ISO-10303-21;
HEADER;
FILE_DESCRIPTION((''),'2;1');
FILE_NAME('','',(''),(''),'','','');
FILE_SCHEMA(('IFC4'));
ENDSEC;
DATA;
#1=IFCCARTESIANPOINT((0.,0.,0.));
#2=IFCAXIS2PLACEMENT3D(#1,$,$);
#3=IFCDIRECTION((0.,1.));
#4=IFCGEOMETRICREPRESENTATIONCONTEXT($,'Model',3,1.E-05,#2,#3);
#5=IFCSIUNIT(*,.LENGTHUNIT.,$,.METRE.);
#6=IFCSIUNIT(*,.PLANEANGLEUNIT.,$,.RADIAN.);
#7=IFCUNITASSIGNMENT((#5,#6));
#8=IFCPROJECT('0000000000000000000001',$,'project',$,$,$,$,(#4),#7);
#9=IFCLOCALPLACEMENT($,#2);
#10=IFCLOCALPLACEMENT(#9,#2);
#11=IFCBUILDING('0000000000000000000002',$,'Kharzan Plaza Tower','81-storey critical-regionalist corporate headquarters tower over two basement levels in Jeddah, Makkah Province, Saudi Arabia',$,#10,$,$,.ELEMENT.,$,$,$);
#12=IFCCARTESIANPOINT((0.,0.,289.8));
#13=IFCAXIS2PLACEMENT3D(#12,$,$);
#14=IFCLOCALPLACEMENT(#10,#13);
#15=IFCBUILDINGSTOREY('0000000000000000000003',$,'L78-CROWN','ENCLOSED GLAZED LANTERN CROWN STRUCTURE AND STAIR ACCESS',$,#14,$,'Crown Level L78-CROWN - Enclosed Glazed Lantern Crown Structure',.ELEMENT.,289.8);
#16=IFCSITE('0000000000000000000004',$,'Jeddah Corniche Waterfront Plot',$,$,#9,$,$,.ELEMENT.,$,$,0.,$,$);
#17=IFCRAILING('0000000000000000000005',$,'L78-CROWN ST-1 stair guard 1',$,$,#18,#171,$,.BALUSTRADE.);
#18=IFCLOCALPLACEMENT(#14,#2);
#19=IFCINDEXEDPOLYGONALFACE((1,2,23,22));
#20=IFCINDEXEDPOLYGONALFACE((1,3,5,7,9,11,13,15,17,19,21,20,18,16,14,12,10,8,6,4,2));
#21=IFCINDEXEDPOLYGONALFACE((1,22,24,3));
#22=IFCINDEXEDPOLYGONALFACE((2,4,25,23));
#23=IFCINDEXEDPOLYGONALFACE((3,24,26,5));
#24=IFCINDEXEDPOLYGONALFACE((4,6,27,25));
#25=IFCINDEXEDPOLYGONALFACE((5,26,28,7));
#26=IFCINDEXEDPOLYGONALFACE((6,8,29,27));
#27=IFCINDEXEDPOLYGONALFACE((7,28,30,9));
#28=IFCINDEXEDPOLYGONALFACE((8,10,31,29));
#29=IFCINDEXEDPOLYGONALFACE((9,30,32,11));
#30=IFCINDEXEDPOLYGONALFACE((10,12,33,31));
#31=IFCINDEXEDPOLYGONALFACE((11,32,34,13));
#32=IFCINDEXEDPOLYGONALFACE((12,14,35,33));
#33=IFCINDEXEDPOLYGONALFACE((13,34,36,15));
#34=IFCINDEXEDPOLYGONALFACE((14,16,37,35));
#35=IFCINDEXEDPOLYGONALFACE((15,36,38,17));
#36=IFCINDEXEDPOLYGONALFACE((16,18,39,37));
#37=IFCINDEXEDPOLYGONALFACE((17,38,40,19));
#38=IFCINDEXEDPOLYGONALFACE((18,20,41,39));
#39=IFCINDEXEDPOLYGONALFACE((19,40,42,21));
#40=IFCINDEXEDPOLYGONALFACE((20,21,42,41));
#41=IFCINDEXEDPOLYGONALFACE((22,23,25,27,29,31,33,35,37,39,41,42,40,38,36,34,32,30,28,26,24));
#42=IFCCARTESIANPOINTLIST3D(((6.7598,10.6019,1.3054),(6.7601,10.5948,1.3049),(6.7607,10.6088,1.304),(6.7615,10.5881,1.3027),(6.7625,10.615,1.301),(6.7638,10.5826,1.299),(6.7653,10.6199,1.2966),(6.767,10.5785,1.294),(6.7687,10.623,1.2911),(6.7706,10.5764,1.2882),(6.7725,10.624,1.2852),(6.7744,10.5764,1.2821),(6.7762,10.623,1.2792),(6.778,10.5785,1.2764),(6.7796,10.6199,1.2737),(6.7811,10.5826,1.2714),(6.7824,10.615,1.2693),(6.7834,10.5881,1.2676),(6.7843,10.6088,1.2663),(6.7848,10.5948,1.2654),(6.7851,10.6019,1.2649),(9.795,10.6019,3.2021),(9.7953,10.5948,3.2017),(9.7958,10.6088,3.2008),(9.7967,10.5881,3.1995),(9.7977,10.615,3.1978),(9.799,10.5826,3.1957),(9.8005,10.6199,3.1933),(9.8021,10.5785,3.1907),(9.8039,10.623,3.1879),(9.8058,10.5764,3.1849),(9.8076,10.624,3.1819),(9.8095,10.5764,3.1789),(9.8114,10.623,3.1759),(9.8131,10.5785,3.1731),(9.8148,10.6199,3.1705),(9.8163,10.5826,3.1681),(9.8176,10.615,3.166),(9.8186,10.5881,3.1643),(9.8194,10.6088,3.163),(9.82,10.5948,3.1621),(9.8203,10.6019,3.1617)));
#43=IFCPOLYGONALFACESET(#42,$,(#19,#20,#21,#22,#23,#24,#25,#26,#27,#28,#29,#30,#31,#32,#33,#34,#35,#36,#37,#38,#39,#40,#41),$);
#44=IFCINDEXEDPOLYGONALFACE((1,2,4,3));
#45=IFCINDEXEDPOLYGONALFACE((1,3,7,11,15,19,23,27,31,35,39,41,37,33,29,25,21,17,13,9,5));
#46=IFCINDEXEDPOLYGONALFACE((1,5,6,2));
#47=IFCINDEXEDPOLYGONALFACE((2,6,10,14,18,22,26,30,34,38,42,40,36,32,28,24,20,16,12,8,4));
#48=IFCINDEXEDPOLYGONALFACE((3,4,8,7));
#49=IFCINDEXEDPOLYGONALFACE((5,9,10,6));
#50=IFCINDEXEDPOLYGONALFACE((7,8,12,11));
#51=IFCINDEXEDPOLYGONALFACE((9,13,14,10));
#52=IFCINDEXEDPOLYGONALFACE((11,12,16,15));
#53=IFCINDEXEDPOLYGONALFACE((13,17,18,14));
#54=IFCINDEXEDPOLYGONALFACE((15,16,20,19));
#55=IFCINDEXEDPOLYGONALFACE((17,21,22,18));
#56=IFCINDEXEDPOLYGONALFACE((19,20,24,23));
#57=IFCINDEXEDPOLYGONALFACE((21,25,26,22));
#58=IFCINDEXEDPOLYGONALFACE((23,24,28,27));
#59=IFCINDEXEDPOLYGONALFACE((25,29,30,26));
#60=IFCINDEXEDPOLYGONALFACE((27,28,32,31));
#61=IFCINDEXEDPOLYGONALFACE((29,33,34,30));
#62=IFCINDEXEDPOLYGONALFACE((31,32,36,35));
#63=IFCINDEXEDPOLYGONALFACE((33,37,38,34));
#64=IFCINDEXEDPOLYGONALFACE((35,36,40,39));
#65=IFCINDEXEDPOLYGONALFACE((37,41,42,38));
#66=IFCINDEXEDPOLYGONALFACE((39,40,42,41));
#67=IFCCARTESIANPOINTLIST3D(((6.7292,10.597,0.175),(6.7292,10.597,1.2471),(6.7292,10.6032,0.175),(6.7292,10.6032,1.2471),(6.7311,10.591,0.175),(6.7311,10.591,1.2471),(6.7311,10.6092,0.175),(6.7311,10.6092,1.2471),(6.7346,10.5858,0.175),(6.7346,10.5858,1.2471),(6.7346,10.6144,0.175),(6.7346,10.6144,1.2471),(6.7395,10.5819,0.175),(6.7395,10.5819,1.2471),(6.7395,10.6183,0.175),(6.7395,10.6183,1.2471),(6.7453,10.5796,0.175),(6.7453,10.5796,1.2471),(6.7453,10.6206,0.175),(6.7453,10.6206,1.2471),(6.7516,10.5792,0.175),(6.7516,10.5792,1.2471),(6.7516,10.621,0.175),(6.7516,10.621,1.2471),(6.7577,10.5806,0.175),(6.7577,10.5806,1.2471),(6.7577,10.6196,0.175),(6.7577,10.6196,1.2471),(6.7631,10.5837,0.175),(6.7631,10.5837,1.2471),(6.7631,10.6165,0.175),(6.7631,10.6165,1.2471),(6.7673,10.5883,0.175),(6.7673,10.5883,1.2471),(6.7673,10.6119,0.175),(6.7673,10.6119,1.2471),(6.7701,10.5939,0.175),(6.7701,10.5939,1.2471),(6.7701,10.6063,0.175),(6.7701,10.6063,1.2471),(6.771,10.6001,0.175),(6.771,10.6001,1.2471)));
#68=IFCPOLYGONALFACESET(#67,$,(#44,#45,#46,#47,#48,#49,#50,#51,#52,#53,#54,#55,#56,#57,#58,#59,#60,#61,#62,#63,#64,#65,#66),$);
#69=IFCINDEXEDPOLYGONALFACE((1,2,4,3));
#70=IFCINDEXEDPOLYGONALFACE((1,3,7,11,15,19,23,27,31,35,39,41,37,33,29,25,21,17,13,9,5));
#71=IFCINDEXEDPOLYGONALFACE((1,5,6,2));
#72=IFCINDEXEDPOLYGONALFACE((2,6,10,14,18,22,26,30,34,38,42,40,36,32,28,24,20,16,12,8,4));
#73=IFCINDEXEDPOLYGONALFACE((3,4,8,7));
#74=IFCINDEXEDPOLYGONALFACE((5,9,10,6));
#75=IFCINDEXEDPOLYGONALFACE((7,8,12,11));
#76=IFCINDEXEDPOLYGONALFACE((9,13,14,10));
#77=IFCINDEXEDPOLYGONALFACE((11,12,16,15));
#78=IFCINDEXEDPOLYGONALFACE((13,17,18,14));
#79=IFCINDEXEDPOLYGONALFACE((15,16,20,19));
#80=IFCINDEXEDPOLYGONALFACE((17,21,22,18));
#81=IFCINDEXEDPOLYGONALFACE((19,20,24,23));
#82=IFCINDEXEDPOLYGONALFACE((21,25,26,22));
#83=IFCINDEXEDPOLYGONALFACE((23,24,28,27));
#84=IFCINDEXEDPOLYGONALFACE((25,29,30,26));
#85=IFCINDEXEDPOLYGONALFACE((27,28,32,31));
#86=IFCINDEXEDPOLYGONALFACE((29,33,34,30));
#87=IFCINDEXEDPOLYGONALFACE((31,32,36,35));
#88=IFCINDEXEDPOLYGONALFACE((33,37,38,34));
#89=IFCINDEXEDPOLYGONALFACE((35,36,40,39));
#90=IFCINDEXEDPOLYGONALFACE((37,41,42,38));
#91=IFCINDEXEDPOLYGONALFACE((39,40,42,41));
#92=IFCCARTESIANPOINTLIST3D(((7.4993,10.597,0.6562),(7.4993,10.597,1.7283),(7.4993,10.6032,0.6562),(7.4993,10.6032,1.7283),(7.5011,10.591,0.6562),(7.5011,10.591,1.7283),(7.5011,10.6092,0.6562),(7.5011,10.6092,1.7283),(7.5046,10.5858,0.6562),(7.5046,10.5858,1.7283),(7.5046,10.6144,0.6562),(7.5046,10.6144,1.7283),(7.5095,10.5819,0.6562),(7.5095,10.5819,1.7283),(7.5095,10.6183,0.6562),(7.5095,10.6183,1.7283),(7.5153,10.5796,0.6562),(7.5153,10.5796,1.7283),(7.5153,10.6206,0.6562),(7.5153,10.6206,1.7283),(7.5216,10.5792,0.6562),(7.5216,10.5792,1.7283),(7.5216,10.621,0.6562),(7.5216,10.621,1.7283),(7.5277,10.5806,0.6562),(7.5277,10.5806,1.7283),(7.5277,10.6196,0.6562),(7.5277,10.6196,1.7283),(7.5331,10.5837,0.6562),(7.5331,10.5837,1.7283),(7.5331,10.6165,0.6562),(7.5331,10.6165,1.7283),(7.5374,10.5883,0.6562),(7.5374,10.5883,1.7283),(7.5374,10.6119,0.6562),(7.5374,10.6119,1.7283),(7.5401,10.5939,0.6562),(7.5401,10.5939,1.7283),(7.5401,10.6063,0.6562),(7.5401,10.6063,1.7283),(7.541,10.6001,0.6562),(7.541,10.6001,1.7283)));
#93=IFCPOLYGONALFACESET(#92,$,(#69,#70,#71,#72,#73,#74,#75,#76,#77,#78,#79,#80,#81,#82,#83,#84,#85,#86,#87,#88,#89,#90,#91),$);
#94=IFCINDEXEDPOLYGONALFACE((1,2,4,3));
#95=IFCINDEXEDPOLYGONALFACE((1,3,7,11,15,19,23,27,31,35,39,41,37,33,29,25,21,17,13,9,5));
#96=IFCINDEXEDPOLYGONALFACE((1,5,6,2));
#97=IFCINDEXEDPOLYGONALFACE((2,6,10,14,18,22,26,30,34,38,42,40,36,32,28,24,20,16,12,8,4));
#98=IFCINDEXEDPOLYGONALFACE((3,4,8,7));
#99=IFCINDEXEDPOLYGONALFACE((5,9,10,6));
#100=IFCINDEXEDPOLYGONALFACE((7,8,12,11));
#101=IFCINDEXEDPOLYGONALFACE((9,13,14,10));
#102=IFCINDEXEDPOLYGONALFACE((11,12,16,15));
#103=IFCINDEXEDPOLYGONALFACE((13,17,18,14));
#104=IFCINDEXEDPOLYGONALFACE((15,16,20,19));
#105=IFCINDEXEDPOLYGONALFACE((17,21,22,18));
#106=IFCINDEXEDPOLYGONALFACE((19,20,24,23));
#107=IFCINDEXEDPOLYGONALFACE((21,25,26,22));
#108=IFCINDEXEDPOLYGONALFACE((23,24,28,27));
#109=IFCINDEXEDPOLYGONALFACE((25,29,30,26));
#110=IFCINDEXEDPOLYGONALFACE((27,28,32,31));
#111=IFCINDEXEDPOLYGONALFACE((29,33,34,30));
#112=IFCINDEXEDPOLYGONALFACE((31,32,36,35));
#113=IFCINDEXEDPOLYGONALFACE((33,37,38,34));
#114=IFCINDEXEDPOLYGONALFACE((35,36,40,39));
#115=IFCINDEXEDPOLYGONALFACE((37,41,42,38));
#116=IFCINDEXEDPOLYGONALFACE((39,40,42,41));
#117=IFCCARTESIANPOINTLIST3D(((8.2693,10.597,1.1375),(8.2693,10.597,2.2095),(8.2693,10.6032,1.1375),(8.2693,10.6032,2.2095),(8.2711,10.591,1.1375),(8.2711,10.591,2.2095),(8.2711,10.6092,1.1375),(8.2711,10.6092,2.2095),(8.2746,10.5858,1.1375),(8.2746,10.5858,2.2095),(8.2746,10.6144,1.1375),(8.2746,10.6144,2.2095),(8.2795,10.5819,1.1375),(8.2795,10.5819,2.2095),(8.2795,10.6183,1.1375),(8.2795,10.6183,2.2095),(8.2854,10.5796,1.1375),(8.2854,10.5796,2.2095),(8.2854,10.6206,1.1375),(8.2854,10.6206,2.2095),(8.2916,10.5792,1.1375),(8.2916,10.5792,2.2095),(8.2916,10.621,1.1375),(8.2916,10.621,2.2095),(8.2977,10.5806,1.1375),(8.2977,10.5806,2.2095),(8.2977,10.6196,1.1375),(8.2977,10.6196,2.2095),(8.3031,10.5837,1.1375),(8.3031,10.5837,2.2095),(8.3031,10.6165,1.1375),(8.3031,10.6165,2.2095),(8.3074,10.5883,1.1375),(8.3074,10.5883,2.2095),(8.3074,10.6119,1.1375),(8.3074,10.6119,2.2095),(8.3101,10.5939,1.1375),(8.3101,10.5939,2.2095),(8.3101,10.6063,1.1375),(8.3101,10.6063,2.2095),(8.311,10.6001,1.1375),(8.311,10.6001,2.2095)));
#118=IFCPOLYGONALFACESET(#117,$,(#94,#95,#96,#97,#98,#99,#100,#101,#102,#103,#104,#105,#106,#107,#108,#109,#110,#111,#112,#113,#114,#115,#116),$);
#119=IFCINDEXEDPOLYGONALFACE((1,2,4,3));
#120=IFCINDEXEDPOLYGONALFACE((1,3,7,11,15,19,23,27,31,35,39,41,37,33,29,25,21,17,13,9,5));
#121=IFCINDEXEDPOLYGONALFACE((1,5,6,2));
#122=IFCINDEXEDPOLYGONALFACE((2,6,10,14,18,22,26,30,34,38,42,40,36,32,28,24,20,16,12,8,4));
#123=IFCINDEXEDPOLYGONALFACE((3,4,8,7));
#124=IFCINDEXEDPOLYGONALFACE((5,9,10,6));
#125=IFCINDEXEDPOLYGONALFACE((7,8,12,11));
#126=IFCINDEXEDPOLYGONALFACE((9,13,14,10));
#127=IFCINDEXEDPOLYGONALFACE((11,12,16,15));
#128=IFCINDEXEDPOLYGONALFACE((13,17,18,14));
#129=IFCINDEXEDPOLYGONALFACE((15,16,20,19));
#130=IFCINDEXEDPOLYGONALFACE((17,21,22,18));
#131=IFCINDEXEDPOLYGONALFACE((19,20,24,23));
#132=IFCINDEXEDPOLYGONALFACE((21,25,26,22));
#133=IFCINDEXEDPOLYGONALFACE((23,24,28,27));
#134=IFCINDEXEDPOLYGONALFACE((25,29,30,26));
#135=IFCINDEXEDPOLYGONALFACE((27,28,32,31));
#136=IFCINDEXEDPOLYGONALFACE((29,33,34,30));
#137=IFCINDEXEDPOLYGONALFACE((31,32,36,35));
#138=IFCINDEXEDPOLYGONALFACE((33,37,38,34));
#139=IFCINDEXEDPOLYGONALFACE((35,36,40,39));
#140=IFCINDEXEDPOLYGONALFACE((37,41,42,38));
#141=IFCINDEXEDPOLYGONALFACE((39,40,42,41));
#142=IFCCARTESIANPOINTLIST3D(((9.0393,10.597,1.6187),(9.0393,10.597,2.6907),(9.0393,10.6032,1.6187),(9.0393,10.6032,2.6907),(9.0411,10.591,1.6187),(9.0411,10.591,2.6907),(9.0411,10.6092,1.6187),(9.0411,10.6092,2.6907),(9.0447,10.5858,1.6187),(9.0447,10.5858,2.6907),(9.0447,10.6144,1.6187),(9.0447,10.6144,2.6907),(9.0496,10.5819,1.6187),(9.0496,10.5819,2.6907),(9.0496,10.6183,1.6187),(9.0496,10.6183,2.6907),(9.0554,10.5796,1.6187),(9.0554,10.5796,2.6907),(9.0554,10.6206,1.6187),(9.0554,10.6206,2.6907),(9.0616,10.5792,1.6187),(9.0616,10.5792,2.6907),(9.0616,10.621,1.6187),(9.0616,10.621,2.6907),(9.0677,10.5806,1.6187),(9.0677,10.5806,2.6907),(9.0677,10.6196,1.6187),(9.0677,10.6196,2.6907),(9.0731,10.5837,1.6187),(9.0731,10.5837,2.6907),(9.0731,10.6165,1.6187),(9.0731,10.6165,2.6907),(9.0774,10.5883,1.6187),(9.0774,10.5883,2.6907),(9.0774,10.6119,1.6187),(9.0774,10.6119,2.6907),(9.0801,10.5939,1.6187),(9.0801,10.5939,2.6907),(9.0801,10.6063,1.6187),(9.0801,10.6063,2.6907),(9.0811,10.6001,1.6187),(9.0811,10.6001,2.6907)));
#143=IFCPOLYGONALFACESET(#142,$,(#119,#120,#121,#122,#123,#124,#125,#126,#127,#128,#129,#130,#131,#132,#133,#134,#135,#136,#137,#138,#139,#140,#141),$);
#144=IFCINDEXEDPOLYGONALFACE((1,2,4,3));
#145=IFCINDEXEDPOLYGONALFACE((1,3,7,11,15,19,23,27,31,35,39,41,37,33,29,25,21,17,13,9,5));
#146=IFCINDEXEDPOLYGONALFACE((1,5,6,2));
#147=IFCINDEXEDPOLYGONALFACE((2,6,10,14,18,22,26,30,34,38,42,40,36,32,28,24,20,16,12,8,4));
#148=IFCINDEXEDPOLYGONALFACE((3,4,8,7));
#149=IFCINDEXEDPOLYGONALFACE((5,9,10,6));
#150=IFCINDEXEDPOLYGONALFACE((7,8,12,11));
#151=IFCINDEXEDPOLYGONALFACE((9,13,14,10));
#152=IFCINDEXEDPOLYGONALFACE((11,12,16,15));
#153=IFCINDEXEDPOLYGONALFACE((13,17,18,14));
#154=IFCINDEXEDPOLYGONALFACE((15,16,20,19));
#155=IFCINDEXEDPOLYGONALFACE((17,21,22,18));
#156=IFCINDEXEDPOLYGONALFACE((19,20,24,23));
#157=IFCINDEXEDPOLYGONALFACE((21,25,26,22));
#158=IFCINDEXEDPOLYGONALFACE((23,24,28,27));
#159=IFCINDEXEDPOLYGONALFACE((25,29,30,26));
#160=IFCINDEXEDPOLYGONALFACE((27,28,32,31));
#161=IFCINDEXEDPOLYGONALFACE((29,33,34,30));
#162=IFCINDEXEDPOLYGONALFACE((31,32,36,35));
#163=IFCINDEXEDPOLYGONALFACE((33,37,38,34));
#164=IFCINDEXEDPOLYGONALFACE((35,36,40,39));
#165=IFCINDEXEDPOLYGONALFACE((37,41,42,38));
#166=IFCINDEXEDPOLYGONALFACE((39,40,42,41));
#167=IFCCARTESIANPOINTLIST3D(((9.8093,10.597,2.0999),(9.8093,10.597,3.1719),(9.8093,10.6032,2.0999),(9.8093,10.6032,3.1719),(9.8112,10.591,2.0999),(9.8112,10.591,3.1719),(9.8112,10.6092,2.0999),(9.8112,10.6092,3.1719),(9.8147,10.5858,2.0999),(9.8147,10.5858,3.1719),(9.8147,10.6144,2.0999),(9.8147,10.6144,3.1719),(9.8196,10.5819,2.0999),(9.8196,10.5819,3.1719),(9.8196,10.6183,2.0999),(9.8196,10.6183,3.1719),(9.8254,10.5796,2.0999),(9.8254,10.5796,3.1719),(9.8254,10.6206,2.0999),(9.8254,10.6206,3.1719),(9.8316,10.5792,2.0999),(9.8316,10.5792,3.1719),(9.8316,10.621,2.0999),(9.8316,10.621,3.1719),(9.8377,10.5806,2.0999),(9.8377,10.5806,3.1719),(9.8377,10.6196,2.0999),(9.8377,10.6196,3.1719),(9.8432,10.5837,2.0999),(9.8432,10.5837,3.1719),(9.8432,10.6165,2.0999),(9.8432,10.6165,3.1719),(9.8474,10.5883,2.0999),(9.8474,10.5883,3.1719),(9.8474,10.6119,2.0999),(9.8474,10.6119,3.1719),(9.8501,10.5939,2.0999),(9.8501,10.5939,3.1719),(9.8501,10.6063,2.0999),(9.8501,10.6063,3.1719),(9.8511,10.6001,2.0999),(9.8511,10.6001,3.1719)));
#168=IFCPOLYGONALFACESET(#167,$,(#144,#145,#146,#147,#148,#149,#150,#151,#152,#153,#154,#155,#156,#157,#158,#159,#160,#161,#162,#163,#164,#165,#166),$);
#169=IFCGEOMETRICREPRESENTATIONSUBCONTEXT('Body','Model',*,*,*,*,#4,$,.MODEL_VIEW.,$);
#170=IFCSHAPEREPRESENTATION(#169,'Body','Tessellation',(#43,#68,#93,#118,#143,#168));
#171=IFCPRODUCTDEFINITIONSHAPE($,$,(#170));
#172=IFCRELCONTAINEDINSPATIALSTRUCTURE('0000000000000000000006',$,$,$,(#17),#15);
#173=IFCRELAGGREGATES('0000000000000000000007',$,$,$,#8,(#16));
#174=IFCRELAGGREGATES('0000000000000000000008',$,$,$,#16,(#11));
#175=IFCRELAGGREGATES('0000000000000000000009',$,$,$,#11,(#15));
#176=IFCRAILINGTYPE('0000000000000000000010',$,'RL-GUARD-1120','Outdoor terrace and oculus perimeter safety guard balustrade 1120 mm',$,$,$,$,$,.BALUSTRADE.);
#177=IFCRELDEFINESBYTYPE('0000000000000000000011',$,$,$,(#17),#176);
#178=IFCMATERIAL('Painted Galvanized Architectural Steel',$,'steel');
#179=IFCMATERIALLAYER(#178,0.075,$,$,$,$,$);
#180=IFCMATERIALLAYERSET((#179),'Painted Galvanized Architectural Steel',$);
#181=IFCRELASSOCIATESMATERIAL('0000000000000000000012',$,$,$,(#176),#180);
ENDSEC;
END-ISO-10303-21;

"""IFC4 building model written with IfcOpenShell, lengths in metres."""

from ifc_helpers import new_model, si_unit, direction, frame, origin, origin_2d, place, context, subcontext, project, spatial, circle, extrude, source, transform, mapped, material, layer, layer_set, type_object, element, save


model = new_model("IFC4")

# Units and contexts
model_context = context("Model", 3, precision=1e-05, world=origin(), true_north=direction((0.0, 1.0)))
body_context = subcontext(model_context, "Body", "Model", "MODEL_VIEW")
ifc_project = project(units=[si_unit("LENGTHUNIT", "METRE"), si_unit("PLANEANGLEUNIT", "RADIAN")], contexts=[model_context])

# Site, building, storey
site_placement = place(None, origin())
site = spatial("IfcSite", under=ifc_project, at=site_placement, Name="Jeddah Corniche Waterfront Plot", CompositionType="ELEMENT", RefElevation=0.0)
building_placement = place(site_placement, origin())
building = spatial("IfcBuilding", under=site, at=building_placement, Name="Kharzan Plaza Tower", Description="81-storey critical-regionalist corporate headquarters tower over two basement levels in Jeddah, Makkah Province, Saudi Arabia", CompositionType="ELEMENT")
storey_placement = place(building_placement, frame((0.0, 0.0, 289.8)))
storey = spatial("IfcBuildingStorey", under=building, at=storey_placement, Name="L78-CROWN", Description="ENCLOSED GLAZED LANTERN CROWN STRUCTURE AND STAIR ACCESS", LongName="Crown Level L78-CROWN - Enclosed Glazed Lantern Crown Structure", CompositionType="ELEMENT", Elevation=289.8)

# Railing
ifc_material_1 = material(Name="Painted Galvanized Architectural Steel", Category="steel")
ifc_layer_1 = layer(ifc_material_1, 0.075)
ifc_layer_set_1 = layer_set([ifc_layer_1], Name="Painted Galvanized Architectural Steel")
railing_type_1 = type_object("IfcRailingType", Name="RL-GUARD-1120", Description="Outdoor terrace and oculus perimeter safety guard balustrade 1120 mm", PredefinedType="BALUSTRADE", material=ifc_layer_set_1)
shared_shape_1 = source(origin(), body_context, "Body", "SweptSolid", [
    extrude(circle(Radius=0.0239, at=origin_2d()), frame((0.0225, 0.0, 1.1101), z_axis=(0.848029, 0.0, 0.529951), x_axis=(0.0, 1.0, 0.0)), (0.0, 0.0, 1.0), 3.5791),
    extrude(circle(Radius=0.021, at=origin_2d()), origin(), (0.0, 0.0, 1.0), 1.072),
    extrude(circle(Radius=0.021, at=origin_2d()), frame((0.77, 0.0, 0.4812)), (0.0, 0.0, 1.0), 1.072),
    extrude(circle(Radius=0.021, at=origin_2d()), frame((1.54, 0.0, 0.9624)), (0.0, 0.0, 1.0), 1.072),
    extrude(circle(Radius=0.021, at=origin_2d()), frame((2.3101, 0.0, 1.4436)), (0.0, 0.0, 1.0), 1.072),
    extrude(circle(Radius=0.021, at=origin_2d()), frame((3.0801, 0.0, 1.9248)), (0.0, 0.0, 1.0), 1.072),
])
railing_1_placement = place(storey_placement, frame((6.75, 10.6001, 0.175)))
element("IfcRailing", 1, at=railing_1_placement, inside=storey, type_object=railing_type_1, Name="L78-CROWN ST-1 stair guard 1", PredefinedType="BALUSTRADE", context=body_context, shape_type="MappedRepresentation", body=[
    mapped(shared_shape_1, transform((0.0, 0.0, 0.0), x_axis=(1.0, 0.0, 0.0), y_axis=(0.0, 1.0, 0.0), z_axis=(0.0, 0.0, 1.0))),
])

save(model, "model.ifc")
